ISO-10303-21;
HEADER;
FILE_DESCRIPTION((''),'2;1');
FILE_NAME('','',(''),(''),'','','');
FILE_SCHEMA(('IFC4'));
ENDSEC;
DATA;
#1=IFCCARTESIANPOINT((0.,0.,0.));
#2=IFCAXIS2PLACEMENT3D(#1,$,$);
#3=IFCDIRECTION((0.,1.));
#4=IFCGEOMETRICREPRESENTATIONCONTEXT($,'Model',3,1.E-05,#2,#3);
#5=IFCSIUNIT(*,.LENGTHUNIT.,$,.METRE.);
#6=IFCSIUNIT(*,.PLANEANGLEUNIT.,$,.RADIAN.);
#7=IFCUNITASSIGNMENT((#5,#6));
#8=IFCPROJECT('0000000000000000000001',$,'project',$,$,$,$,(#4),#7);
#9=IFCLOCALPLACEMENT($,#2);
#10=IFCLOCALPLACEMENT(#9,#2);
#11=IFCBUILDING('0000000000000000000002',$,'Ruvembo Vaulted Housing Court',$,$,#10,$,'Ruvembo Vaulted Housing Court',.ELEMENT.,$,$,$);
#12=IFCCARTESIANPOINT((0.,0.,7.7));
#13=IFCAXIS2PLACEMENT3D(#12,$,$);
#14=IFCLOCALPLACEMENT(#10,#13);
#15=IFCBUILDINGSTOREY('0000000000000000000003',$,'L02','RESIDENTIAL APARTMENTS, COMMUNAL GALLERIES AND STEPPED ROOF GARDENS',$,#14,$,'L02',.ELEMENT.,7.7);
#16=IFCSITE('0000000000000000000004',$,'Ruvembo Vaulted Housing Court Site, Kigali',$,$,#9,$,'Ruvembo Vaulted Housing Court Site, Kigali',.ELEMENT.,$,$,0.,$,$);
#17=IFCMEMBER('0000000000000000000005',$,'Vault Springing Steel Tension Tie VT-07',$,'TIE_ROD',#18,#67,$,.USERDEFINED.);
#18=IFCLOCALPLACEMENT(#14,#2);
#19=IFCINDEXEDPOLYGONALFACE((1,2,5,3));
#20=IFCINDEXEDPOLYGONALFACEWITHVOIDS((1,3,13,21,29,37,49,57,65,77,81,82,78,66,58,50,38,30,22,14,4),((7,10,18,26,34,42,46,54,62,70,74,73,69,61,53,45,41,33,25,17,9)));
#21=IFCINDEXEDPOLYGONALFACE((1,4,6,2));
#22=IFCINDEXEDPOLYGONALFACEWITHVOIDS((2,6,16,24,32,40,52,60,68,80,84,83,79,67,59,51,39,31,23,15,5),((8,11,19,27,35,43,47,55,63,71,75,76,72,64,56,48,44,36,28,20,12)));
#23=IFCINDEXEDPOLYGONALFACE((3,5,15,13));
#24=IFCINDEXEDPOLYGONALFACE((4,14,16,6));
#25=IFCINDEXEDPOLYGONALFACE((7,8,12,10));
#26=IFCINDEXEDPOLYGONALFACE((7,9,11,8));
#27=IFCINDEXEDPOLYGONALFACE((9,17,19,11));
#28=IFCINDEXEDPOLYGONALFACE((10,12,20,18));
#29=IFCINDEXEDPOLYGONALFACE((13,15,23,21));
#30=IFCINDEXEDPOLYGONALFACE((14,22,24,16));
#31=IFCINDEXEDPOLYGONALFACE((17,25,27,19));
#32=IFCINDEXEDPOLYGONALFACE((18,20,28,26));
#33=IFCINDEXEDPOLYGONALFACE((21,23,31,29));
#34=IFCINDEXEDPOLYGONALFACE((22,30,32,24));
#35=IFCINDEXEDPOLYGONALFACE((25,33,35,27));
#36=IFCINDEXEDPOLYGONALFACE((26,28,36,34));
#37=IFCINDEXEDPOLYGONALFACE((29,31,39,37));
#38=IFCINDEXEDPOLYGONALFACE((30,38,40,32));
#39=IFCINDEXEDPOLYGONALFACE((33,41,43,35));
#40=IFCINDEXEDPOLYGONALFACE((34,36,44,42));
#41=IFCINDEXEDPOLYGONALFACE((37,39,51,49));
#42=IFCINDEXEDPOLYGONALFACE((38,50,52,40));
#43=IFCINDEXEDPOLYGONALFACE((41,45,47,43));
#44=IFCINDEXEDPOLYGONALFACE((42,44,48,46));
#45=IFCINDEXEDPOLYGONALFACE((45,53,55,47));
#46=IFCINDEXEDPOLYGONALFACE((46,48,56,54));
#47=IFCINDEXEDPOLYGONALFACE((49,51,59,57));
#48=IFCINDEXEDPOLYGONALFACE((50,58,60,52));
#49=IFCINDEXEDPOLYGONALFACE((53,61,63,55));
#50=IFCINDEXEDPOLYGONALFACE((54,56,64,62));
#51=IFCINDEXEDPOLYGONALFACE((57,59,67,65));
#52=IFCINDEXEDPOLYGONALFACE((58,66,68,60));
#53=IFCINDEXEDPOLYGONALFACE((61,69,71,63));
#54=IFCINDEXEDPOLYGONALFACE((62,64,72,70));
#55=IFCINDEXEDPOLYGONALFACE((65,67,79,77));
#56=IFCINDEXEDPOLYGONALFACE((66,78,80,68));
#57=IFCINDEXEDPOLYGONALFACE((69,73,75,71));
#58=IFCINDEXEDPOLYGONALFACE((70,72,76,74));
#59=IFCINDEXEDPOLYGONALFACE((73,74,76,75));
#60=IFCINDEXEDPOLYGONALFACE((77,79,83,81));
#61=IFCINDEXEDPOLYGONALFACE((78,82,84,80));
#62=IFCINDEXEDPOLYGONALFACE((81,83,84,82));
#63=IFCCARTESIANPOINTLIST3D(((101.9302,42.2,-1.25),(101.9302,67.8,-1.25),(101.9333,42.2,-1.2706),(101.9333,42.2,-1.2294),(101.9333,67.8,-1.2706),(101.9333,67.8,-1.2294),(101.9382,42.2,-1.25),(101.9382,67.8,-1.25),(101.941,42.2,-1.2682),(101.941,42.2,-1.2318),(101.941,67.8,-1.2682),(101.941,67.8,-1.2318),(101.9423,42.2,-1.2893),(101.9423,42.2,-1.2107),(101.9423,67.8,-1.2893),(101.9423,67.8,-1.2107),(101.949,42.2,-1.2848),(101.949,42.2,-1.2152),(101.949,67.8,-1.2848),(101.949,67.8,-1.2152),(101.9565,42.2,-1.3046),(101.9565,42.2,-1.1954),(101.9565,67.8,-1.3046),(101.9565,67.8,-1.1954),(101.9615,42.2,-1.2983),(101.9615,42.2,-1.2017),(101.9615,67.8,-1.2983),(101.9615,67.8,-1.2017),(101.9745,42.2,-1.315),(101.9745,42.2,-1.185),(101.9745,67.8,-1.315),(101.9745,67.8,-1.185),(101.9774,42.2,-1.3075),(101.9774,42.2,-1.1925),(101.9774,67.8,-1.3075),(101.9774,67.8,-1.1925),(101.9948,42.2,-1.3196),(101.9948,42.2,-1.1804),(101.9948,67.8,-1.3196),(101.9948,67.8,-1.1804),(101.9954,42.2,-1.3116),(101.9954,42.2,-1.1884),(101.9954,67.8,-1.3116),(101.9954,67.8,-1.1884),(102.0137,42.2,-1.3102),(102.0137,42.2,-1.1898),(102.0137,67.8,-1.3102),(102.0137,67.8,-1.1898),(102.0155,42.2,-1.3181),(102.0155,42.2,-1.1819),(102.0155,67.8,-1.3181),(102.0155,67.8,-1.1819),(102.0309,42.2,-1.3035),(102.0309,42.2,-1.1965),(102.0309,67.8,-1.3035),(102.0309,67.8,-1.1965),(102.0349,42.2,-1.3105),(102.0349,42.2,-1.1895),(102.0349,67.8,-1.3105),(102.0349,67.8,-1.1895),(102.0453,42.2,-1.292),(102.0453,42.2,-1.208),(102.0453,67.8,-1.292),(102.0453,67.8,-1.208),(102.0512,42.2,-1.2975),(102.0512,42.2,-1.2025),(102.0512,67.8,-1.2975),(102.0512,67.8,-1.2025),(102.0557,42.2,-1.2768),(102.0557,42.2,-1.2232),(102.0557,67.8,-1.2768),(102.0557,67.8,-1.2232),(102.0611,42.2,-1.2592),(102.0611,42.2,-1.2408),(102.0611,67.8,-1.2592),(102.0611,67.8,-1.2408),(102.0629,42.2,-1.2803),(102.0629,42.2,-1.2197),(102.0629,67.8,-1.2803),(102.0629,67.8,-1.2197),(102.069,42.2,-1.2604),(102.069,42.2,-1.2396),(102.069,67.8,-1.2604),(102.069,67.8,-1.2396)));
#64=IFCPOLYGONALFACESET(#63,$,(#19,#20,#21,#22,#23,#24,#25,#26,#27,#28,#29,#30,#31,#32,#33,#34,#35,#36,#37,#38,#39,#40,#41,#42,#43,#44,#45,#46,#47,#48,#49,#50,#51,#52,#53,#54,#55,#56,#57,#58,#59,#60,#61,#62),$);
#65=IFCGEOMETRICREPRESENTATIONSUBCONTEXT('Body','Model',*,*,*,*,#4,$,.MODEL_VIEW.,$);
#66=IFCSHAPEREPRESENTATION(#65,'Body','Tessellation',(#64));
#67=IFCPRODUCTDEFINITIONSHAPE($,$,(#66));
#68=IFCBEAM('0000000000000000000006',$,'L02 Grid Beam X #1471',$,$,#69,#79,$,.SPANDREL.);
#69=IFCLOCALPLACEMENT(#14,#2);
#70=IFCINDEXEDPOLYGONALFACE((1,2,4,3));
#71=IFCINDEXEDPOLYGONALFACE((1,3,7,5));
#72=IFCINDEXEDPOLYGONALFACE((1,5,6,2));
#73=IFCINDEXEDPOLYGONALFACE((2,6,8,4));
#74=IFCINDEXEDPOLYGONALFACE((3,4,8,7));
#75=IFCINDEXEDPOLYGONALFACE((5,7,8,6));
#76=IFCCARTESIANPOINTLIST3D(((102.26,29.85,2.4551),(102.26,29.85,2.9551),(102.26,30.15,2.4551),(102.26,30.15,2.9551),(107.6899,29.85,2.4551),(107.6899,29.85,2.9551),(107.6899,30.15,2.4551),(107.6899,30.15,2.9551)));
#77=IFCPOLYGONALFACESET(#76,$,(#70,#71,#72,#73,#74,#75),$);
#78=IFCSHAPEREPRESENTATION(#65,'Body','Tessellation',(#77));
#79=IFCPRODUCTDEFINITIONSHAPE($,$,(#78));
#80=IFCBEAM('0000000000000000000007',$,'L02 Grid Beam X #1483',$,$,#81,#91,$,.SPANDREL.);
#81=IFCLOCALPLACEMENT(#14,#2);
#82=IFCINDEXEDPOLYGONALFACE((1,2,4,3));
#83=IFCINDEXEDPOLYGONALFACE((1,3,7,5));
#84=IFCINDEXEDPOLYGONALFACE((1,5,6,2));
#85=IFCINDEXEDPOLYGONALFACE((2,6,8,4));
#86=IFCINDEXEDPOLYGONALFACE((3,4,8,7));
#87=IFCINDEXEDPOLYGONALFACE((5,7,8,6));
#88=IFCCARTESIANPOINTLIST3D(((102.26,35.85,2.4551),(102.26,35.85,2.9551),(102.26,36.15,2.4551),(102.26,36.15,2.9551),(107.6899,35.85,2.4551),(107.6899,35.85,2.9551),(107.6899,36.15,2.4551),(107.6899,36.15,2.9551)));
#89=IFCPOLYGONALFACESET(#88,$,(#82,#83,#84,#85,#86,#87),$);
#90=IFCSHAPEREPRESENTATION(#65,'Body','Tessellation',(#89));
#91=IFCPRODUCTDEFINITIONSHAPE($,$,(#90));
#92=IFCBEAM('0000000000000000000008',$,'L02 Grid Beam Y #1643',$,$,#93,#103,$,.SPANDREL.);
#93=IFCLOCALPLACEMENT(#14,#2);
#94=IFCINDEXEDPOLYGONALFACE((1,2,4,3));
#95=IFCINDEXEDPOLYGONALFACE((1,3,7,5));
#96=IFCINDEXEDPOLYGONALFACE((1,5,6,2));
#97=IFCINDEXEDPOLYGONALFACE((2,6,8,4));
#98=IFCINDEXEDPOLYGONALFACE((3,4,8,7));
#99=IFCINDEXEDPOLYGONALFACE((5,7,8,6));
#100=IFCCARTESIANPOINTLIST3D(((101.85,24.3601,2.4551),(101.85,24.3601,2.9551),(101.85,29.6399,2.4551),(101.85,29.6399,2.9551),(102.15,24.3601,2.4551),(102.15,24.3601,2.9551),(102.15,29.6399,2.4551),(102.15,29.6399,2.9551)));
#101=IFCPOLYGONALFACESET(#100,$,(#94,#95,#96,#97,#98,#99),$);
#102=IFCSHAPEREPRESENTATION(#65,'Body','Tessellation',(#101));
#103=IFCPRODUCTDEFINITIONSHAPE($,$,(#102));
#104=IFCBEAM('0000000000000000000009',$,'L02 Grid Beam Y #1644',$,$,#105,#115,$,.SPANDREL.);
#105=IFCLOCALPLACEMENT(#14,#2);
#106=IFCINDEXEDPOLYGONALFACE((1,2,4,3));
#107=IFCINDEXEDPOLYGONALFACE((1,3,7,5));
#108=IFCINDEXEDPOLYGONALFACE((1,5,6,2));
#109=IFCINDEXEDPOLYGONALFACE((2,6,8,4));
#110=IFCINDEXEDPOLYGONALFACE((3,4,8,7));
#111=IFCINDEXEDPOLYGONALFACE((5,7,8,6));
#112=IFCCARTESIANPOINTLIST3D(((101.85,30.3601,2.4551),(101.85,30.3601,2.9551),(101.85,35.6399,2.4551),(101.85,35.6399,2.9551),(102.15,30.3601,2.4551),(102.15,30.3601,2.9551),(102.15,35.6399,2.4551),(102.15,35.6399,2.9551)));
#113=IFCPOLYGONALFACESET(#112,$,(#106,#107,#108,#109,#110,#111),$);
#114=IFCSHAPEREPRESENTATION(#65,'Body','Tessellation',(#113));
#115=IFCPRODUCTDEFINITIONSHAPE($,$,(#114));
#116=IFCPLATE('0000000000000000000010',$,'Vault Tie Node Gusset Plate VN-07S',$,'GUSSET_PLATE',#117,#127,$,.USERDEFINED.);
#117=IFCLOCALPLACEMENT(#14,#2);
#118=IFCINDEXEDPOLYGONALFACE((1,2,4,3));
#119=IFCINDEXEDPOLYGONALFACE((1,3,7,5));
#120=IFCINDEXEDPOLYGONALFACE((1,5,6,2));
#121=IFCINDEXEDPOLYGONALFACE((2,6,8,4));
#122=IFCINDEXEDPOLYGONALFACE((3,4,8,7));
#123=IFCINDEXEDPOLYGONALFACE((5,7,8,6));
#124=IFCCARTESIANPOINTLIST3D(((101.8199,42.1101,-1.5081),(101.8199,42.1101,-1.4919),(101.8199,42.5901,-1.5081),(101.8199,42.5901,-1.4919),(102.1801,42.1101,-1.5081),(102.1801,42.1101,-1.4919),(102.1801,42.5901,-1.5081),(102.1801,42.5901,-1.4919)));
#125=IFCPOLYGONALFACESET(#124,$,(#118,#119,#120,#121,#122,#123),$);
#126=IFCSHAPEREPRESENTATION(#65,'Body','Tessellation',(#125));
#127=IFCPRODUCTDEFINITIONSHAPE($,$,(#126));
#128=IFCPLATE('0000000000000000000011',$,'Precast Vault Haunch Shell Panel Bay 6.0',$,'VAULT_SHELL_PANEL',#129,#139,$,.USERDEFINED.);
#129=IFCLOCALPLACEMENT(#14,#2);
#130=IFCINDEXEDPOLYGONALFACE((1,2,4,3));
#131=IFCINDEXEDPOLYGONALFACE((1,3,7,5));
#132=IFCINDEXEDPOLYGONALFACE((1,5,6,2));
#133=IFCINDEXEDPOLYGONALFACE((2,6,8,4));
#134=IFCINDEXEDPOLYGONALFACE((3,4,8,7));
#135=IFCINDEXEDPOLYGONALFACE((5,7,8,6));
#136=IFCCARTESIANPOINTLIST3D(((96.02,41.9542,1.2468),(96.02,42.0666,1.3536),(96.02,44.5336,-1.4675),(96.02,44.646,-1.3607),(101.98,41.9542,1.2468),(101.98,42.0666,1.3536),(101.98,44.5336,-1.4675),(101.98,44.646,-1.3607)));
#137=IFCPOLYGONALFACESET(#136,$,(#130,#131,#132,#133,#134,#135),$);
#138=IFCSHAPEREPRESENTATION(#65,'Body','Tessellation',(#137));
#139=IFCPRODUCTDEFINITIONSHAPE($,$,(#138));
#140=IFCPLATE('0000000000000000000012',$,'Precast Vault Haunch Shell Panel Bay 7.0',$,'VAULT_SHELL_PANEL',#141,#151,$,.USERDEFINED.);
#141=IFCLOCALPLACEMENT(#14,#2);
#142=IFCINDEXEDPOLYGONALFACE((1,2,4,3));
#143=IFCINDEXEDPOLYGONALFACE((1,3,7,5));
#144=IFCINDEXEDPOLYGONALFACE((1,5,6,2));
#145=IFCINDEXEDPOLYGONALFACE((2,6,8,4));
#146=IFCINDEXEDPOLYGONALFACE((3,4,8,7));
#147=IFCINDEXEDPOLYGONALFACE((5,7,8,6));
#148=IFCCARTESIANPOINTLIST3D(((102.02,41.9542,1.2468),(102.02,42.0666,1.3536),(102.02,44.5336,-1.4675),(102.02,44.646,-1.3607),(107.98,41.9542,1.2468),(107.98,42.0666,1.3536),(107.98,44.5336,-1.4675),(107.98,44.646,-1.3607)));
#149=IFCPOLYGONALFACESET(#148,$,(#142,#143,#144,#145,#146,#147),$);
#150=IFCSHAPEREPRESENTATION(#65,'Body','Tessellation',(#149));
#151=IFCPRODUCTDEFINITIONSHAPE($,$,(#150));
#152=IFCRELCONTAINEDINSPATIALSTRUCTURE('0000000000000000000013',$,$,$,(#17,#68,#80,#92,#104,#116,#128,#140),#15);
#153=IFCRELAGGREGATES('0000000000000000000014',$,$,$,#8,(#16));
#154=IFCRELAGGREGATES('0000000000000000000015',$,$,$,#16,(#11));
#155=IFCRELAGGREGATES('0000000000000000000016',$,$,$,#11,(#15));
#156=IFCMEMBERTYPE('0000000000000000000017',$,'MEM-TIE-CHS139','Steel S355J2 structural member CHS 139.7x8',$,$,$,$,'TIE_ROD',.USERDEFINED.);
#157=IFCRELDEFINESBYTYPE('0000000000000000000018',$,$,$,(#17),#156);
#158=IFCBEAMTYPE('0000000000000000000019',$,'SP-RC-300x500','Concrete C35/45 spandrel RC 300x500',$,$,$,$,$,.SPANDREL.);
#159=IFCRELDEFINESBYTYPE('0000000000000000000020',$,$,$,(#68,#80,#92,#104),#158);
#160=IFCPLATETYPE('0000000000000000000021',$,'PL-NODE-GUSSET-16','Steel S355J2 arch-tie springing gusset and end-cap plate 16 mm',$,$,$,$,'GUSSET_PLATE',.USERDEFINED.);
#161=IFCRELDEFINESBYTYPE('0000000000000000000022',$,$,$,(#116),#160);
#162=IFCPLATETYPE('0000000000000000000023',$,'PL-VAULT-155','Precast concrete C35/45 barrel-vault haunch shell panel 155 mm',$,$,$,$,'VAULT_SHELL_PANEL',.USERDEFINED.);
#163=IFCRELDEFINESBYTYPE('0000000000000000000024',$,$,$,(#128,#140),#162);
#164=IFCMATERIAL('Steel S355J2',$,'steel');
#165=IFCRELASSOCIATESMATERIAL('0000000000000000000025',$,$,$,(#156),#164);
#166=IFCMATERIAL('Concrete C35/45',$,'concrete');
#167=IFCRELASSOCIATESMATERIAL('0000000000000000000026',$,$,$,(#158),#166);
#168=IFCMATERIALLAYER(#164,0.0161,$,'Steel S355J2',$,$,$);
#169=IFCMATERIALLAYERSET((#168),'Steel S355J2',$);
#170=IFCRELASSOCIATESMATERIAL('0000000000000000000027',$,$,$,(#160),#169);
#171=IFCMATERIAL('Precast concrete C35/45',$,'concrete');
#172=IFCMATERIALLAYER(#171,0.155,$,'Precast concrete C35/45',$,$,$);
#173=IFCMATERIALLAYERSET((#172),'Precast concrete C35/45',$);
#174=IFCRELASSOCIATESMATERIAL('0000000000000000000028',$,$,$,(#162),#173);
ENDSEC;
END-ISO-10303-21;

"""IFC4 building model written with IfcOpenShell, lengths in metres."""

from ifc_helpers import new_model, si_unit, direction, frame, origin, origin_2d, place, context, subcontext, project, spatial, rectangle, hollow_circle, extrude, material, layer, layer_set, material_profile, profile_set, type_object, element, save


model = new_model("IFC4")

# Units and contexts
model_context = context("Model", 3, precision=1e-05, world=origin(), true_north=direction((0.0, 1.0)))
body_context = subcontext(model_context, "Body", "Model", "MODEL_VIEW")
ifc_project = project(units=[si_unit("LENGTHUNIT", "METRE"), si_unit("PLANEANGLEUNIT", "RADIAN")], contexts=[model_context])

# Site, building, storey
site_placement = place(None, origin())
site = spatial("IfcSite", under=ifc_project, at=site_placement, Name="Ruvembo Vaulted Housing Court Site, Kigali", LongName="Ruvembo Vaulted Housing Court Site, Kigali", CompositionType="ELEMENT", RefElevation=0.0)
building_placement = place(site_placement, origin())
building = spatial("IfcBuilding", under=site, at=building_placement, Name="Ruvembo Vaulted Housing Court", LongName="Ruvembo Vaulted Housing Court", CompositionType="ELEMENT")
storey_placement = place(building_placement, frame((0.0, 0.0, 7.7)))
storey = spatial("IfcBuildingStorey", under=building, at=storey_placement, Name="L02", Description="RESIDENTIAL APARTMENTS, COMMUNAL GALLERIES AND STEPPED ROOF GARDENS", LongName="L02", CompositionType="ELEMENT", Elevation=7.7)

# Shared definitions
ifc_material_1 = material(Name="Concrete C35/45", Category="concrete")
ifc_material_2 = material(Name="Steel S355J2", Category="steel")

# Member
ifc_material_profile_1 = material_profile(ifc_material_2, hollow_circle(Radius=0.0698, WallThickness=0.0081, at=origin_2d()), Name="CHS 139.7x8")
ifc_profile_set_1 = profile_set([ifc_material_profile_1], Name="Steel S355J2")
member_type = type_object("IfcMemberType", Name="MEM-TIE-CHS139", Description="Steel S355J2 structural member CHS 139.7x8", ElementType="TIE_ROD", PredefinedType="USERDEFINED", material=ifc_profile_set_1)
member_placement = place(storey_placement, frame((102.0, 42.2, -1.25), z_axis=(0.0, 1.0, 0.0), x_axis=(-1.0, 0.0, 0.0)))
element("IfcMember", 1, at=member_placement, inside=storey, type_object=member_type, Name="Vault Springing Steel Tension Tie VT-07", ObjectType="TIE_ROD", PredefinedType="USERDEFINED", context=body_context, shape_type="SweptSolid", body=[
    extrude(hollow_circle(Radius=0.0698, WallThickness=0.0081, at=origin_2d()), origin(), (0.0, 0.0, 1.0), 25.6001),
])

# Beams
ifc_material_profile_2 = material_profile(ifc_material_1, rectangle(XDim=0.3, YDim=0.5, at=origin_2d()), Name="RC 300x500")
ifc_profile_set_2 = profile_set([ifc_material_profile_2], Name="Concrete C35/45")
beam_type_1 = type_object("IfcBeamType", Name="SP-RC-300x500", Description="Concrete C35/45 spandrel RC 300x500", PredefinedType="SPANDREL", material=ifc_profile_set_2)
for number, where, z_axis, x_axis, name in (
    (2, (102.26, 30.0, 2.7051), (1.0, 0.0, 0.0), (0.0, 1.0, 0.0), "L02 Grid Beam X #1471"),
    (3, (102.26, 36.0, 2.7051), (1.0, 0.0, 0.0), (0.0, 1.0, 0.0), "L02 Grid Beam X #1483"),
):
    element("IfcBeam", number, at=place(storey_placement, frame(where, z_axis=z_axis, x_axis=x_axis)), inside=storey, type_object=beam_type_1, Name=name, PredefinedType="SPANDREL", context=body_context, shape_type="SweptSolid", body=[
        extrude(rectangle(XDim=0.3, YDim=0.5, at=origin_2d()), origin(), (0.0, 0.0, 1.0), 5.4299),
    ])
for number, where, z_axis, x_axis, name in (
    (4, (102.0, 24.3601, 2.7051), (0.0, 1.0, 0.0), (-1.0, 0.0, 0.0), "L02 Grid Beam Y #1643"),
    (5, (102.0, 30.3601, 2.7051), (0.0, 1.0, 0.0), (-1.0, 0.0, 0.0), "L02 Grid Beam Y #1644"),
):
    element("IfcBeam", number, at=place(storey_placement, frame(where, z_axis=z_axis, x_axis=x_axis)), inside=storey, type_object=beam_type_1, Name=name, PredefinedType="SPANDREL", context=body_context, shape_type="SweptSolid", body=[
        extrude(rectangle(XDim=0.3, YDim=0.5, at=origin_2d()), origin(), (0.0, 0.0, 1.0), 5.2798),
    ])

# Plates
ifc_layer_1 = layer(ifc_material_2, 0.0161, Name="Steel S355J2")
ifc_layer_set_1 = layer_set([ifc_layer_1], Name="Steel S355J2")
plate_type_1 = type_object("IfcPlateType", Name="PL-NODE-GUSSET-16", Description="Steel S355J2 arch-tie springing gusset and end-cap plate 16 mm", ElementType="GUSSET_PLATE", PredefinedType="USERDEFINED", material=ifc_layer_set_1)
plate_placement = place(storey_placement, frame((102.0, 42.3501, -1.5081), z_axis=(0.0, 0.0, 1.0), x_axis=(0.0, 1.0, 0.0)))
element("IfcPlate", 6, at=plate_placement, inside=storey, type_object=plate_type_1, Name="Vault Tie Node Gusset Plate VN-07S", ObjectType="GUSSET_PLATE", PredefinedType="USERDEFINED", context=body_context, shape_type="SweptSolid", body=[
    extrude(rectangle(XDim=0.48, YDim=0.3601, at=origin_2d()), origin(), (0.0, 0.0, 1.0), 0.0161),
])
ifc_material_3 = material(Name="Precast concrete C35/45", Category="concrete")
ifc_layer_2 = layer(ifc_material_3, 0.155, Name="Precast concrete C35/45")
ifc_layer_set_2 = layer_set([ifc_layer_2], Name="Precast concrete C35/45")
plate_type_2 = type_object("IfcPlateType", Name="PL-VAULT-155", Description="Precast concrete C35/45 barrel-vault haunch shell panel 155 mm", ElementType="VAULT_SHELL_PANEL", PredefinedType="USERDEFINED", material=ifc_layer_set_2)
for number, where, z_axis, x_axis, name in (
    (7, (99.0, 43.2439, -0.1104), (0.0, 0.724894, 0.688861), (1.0, 0.0, 0.0), "Precast Vault Haunch Shell Panel Bay 6.0"),
    (8, (105.0, 43.2439, -0.1104), (0.0, 0.724894, 0.688861), (1.0, 0.0, 0.0), "Precast Vault Haunch Shell Panel Bay 7.0"),
):
    element("IfcPlate", number, at=place(storey_placement, frame(where, z_axis=z_axis, x_axis=x_axis)), inside=storey, type_object=plate_type_2, Name=name, ObjectType="VAULT_SHELL_PANEL", PredefinedType="USERDEFINED", context=body_context, shape_type="SweptSolid", body=[
        extrude(rectangle(XDim=5.96, YDim=3.7444, at=origin_2d()), origin(), (0.0, 0.0, 1.0), 0.155),
    ])

save(model, "model.ifc")
